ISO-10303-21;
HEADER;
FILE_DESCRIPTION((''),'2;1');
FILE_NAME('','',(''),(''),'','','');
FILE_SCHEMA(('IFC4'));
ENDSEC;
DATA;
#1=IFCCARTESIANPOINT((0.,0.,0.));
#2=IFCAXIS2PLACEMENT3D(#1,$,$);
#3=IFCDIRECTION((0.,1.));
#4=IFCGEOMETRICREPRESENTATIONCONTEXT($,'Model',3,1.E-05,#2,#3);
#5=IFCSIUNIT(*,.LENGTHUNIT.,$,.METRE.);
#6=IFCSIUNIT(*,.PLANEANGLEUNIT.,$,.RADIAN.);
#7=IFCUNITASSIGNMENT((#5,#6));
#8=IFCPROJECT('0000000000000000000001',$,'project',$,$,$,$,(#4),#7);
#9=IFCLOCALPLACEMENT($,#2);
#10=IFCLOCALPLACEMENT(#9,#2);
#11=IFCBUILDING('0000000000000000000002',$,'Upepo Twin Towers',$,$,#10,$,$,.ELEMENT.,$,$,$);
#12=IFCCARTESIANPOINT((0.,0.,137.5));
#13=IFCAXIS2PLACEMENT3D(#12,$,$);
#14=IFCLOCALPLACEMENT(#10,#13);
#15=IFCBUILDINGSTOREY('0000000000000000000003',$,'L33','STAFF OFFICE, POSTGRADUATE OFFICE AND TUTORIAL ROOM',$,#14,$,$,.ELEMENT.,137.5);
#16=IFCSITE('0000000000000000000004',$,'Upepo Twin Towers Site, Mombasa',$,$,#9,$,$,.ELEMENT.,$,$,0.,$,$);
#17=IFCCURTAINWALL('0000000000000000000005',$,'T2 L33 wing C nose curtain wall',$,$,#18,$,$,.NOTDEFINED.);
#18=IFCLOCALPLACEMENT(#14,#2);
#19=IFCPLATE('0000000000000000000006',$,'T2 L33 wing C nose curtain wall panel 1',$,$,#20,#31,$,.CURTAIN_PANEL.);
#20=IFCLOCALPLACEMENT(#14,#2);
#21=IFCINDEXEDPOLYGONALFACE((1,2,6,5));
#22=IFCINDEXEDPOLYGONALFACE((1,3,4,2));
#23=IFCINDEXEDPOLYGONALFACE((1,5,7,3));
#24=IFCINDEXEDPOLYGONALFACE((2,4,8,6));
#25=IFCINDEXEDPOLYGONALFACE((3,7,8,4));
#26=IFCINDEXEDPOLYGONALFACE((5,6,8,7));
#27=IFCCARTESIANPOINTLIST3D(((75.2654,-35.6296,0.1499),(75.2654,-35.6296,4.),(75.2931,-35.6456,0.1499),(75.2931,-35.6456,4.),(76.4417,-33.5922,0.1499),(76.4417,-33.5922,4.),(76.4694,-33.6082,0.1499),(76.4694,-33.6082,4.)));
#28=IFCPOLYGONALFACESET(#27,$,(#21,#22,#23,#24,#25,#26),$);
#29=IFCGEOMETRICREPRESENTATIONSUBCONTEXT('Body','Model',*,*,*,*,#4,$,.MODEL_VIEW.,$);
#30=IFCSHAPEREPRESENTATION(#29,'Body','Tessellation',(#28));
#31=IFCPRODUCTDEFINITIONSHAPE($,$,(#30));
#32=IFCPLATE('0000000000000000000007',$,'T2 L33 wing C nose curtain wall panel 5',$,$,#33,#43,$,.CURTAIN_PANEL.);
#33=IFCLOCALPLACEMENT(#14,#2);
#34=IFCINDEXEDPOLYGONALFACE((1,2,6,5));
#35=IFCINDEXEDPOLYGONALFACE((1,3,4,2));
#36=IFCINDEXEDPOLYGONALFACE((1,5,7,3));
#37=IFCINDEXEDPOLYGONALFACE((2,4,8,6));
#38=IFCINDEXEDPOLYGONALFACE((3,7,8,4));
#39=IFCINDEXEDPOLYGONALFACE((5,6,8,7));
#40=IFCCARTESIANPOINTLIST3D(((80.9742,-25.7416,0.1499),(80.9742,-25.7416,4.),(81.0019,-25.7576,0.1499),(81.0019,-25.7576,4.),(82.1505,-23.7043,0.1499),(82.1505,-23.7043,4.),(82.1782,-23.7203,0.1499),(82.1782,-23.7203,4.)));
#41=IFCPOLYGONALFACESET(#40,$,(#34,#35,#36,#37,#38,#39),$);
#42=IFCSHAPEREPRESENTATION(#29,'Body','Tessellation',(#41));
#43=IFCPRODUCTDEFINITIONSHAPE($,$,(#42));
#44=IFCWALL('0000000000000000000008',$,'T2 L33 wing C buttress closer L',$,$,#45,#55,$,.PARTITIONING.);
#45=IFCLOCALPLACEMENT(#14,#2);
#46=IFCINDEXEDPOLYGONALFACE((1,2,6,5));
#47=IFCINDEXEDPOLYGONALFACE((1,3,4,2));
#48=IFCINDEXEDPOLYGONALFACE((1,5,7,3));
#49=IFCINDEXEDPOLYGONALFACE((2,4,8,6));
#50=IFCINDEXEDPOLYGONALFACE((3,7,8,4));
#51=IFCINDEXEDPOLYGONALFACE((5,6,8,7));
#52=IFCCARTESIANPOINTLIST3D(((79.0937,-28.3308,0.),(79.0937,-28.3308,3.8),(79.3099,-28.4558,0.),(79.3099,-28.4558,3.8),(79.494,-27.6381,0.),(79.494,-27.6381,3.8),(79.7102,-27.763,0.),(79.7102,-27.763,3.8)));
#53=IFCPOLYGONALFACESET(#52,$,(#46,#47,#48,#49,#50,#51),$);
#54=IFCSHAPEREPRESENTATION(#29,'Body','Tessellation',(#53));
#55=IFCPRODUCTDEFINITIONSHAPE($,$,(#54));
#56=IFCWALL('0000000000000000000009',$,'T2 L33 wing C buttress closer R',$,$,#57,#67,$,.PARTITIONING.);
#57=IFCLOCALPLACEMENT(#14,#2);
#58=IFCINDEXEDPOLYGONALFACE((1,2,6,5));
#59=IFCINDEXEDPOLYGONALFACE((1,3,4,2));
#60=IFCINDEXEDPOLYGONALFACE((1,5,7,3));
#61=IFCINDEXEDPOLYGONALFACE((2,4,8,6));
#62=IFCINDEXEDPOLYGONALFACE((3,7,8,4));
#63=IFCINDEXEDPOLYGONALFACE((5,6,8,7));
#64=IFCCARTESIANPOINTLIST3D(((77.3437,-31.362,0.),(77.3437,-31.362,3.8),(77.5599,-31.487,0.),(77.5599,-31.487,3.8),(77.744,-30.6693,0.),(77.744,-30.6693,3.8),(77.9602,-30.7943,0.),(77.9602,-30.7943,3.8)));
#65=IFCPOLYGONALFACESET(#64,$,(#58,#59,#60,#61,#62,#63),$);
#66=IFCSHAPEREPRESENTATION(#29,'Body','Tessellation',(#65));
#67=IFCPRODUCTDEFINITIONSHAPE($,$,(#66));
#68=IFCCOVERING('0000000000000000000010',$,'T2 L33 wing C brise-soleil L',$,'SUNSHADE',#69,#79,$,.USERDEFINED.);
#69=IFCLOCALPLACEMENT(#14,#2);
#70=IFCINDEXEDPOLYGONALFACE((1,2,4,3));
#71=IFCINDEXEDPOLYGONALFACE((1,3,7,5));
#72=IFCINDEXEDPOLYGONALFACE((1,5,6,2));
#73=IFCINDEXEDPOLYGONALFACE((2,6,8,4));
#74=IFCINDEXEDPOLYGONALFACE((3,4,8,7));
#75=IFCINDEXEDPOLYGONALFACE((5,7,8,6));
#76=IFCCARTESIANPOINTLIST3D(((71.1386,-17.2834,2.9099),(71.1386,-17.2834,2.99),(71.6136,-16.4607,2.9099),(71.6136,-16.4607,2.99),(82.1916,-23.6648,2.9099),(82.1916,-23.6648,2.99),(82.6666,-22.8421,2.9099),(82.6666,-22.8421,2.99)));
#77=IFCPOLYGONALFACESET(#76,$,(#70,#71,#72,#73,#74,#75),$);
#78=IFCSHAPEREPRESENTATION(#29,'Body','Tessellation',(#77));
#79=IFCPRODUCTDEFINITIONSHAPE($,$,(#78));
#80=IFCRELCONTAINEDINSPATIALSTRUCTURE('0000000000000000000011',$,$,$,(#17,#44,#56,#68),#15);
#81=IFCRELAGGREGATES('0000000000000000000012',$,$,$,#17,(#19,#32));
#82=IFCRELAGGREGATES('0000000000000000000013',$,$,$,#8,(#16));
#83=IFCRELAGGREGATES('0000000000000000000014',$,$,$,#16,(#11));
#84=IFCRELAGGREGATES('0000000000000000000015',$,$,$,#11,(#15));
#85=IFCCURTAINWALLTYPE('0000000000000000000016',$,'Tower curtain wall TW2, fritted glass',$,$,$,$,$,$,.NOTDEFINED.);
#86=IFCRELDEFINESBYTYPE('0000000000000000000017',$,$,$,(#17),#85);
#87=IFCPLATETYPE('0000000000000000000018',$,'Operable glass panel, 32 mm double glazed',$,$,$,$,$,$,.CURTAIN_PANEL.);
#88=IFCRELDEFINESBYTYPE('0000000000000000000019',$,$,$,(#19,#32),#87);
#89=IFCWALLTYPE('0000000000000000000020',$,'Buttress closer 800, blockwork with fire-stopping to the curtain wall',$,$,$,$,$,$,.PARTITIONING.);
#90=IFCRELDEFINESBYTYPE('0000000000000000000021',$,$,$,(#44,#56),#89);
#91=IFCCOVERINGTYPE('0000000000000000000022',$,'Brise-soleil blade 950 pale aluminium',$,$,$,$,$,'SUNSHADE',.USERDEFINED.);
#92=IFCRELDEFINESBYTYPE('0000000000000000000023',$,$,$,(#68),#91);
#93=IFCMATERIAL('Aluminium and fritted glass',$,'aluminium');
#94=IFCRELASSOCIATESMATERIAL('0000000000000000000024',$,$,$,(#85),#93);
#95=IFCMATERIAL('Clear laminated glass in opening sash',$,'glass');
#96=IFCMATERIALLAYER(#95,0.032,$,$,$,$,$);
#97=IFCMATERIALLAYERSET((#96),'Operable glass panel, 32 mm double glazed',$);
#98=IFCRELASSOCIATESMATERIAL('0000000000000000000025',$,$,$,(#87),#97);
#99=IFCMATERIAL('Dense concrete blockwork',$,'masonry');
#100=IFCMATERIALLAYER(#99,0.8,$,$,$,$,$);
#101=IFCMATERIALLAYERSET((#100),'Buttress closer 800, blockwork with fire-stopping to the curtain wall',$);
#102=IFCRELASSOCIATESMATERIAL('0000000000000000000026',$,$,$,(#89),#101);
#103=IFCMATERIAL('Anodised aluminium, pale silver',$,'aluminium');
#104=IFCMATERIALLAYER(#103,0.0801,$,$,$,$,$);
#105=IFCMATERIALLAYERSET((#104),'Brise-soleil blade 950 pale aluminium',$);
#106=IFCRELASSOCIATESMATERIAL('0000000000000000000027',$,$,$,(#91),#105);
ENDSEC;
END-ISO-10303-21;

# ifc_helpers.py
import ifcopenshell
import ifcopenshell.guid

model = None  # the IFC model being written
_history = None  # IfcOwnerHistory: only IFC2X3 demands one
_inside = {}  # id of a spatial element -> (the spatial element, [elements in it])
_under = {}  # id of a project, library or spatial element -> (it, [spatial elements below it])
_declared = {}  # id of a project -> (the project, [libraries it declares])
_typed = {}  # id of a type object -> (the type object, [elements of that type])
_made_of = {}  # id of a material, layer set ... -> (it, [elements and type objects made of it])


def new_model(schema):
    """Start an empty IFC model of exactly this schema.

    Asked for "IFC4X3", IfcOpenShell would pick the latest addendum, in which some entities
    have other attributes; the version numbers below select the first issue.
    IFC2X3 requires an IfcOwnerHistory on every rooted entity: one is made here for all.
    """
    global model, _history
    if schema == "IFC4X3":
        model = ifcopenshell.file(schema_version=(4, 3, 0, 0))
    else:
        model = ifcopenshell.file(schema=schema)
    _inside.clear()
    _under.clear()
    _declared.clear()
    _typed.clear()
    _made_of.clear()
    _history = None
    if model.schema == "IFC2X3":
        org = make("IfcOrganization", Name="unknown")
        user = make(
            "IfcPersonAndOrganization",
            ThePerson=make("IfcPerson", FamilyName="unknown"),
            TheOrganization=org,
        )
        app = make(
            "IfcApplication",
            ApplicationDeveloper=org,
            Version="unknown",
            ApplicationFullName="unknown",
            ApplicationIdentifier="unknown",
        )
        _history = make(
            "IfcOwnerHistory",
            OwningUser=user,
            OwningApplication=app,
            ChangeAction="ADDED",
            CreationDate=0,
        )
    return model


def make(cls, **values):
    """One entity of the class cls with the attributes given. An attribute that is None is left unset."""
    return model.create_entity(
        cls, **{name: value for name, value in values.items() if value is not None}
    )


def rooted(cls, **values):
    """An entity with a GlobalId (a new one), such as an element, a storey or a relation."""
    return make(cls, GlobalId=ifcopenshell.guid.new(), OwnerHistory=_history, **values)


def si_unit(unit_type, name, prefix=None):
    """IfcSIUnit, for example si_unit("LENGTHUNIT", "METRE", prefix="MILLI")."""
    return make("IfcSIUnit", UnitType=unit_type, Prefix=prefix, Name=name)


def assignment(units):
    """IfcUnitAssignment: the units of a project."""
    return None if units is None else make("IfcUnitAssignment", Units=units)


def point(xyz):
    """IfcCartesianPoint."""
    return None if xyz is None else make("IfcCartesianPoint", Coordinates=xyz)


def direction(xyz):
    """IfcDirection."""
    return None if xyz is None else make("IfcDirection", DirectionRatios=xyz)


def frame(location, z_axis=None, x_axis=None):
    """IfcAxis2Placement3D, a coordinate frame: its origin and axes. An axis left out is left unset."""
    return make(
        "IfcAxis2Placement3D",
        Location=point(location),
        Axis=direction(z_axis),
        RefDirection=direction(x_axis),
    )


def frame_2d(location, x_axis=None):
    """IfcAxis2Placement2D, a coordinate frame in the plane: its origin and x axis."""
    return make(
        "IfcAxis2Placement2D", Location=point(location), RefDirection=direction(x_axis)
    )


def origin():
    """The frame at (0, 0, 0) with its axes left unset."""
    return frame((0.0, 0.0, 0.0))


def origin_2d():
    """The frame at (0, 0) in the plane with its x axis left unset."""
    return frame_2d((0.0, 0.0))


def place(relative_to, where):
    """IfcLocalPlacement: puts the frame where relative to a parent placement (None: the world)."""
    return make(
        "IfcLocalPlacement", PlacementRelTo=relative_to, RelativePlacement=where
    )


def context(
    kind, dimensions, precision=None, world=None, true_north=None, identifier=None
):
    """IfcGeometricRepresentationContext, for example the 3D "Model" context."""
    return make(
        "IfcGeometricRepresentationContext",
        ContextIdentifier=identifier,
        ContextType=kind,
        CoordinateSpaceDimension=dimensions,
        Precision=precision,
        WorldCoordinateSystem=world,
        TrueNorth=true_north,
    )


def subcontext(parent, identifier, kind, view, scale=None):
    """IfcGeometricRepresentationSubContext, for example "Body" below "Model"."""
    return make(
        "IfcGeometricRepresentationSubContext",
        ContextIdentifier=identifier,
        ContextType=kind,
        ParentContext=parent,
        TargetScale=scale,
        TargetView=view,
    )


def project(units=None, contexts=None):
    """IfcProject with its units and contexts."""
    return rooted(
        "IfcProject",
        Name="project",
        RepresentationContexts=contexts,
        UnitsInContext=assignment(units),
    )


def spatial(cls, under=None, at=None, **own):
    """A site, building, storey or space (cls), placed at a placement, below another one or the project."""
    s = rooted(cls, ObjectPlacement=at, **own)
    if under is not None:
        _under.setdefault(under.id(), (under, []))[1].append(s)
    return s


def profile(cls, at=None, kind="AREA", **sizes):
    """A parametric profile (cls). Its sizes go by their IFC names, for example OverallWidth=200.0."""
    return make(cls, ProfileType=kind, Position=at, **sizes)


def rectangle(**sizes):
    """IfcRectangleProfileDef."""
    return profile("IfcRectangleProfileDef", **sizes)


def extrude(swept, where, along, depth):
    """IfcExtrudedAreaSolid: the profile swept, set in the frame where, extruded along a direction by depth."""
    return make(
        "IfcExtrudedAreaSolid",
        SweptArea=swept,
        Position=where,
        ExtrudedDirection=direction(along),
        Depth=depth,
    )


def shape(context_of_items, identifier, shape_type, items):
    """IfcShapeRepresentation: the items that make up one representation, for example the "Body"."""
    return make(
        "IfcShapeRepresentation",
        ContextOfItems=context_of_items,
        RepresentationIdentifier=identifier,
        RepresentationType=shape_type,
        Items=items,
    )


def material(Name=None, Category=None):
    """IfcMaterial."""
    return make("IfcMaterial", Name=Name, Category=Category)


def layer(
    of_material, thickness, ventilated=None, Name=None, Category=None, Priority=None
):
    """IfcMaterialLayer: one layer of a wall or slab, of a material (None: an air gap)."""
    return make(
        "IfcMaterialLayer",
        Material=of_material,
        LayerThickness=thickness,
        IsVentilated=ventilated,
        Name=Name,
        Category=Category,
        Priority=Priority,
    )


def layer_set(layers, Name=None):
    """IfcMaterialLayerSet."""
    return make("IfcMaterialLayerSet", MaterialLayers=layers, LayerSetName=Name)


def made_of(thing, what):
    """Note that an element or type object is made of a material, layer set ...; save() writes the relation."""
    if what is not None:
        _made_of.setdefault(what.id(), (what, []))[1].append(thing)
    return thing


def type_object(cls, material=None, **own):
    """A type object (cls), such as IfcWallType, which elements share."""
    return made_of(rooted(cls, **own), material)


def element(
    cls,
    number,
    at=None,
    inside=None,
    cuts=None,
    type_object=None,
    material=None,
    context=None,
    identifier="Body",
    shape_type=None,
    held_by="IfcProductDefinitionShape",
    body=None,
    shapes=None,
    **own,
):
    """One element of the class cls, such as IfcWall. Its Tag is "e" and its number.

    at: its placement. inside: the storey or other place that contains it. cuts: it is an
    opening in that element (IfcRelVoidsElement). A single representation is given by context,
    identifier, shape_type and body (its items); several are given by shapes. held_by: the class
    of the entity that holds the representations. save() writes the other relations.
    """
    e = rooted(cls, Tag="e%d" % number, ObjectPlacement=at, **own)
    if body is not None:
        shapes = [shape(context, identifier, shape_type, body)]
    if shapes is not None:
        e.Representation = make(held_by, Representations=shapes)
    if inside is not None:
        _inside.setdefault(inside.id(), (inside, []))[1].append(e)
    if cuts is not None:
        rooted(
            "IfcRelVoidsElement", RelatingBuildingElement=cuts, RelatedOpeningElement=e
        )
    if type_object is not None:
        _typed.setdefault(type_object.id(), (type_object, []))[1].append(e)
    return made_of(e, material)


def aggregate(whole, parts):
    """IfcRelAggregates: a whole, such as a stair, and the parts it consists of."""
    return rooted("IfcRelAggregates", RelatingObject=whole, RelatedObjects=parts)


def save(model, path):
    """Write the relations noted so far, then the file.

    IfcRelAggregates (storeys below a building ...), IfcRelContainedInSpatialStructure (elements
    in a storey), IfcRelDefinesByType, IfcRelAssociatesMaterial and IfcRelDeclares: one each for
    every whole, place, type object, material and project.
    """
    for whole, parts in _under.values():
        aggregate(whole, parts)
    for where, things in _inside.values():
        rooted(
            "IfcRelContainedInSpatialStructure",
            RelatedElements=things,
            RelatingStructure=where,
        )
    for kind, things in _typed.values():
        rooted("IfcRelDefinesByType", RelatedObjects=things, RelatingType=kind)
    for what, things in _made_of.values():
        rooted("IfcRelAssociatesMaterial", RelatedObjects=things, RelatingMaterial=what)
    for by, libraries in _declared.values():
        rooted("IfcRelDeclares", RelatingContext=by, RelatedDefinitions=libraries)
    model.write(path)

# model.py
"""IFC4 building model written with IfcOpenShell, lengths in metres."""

from ifc_helpers import new_model, si_unit, direction, frame, frame_2d, origin, origin_2d, place, context, subcontext, project, spatial, rectangle, extrude, material, layer, layer_set, type_object, element, aggregate, save


model = new_model("IFC4")

# Units and contexts
model_context = context("Model", 3, precision=1e-05, world=origin(), true_north=direction((0.0, 1.0)))
body_context = subcontext(model_context, "Body", "Model", "MODEL_VIEW")
ifc_project = project(units=[si_unit("LENGTHUNIT", "METRE"), si_unit("PLANEANGLEUNIT", "RADIAN")], contexts=[model_context])

# Site, building, storey
site_placement = place(None, origin())
site = spatial("IfcSite", under=ifc_project, at=site_placement, Name="Upepo Twin Towers Site, Mombasa", CompositionType="ELEMENT", RefElevation=0.0)
building_placement = place(site_placement, origin())
building = spatial("IfcBuilding", under=site, at=building_placement, Name="Upepo Twin Towers", CompositionType="ELEMENT")
storey_placement = place(building_placement, frame((0.0, 0.0, 137.5)))
storey = spatial("IfcBuildingStorey", under=building, at=storey_placement, Name="L33", Description="STAFF OFFICE, POSTGRADUATE OFFICE AND TUTORIAL ROOM", CompositionType="ELEMENT", Elevation=137.5)

# Shared definitions
ifc_material_1 = material(Name="Aluminium and fritted glass", Category="aluminium")
curtain_wall_type = type_object("IfcCurtainWallType", Name="Tower curtain wall TW2, fritted glass", PredefinedType="NOTDEFINED", material=ifc_material_1)

# Curtain wall
curtain_wall_1_placement = place(storey_placement, origin())
curtain_wall_1 = element("IfcCurtainWall", 1, at=curtain_wall_1_placement, inside=storey, type_object=curtain_wall_type, Name="T2 L33 wing C nose curtain wall", PredefinedType="NOTDEFINED")

# Plates
ifc_material_2 = material(Name="Clear laminated glass in opening sash", Category="glass")
ifc_layer_1 = layer(ifc_material_2, 0.032)
ifc_layer_set_1 = layer_set([ifc_layer_1], Name="Operable glass panel, 32 mm double glazed")
plate_type_1 = type_object("IfcPlateType", Name="Operable glass panel, 32 mm double glazed", PredefinedType="CURTAIN_PANEL", material=ifc_layer_set_1)
plate_1_placement = place(storey_placement, frame((75.8674, -34.6189, 0.1499), z_axis=(0.0, 0.0, 1.0), x_axis=(0.5, 0.866025, 0.0)))
plate_1 = element("IfcPlate", 2, at=plate_1_placement, type_object=plate_type_1, Name="T2 L33 wing C nose curtain wall panel 1", PredefinedType="CURTAIN_PANEL", context=body_context, shape_type="SweptSolid", body=[
    extrude(rectangle(XDim=2.3525, YDim=0.032, at=origin_2d()), origin(), (0.0, 0.0, 1.0), 3.8501),
])
plate_2_placement = place(storey_placement, frame((81.5762, -24.731, 0.1499), z_axis=(0.0, 0.0, 1.0), x_axis=(0.5, 0.866025, 0.0)))
plate_2 = element("IfcPlate", 3, at=plate_2_placement, type_object=plate_type_1, Name="T2 L33 wing C nose curtain wall panel 5", PredefinedType="CURTAIN_PANEL", context=body_context, shape_type="SweptSolid", body=[
    extrude(rectangle(XDim=2.3525, YDim=0.032, at=origin_2d()), origin(), (0.0, 0.0, 1.0), 3.8501),
])
aggregate(curtain_wall_1, [plate_1, plate_2])

# Walls
ifc_material_3 = material(Name="Dense concrete blockwork", Category="masonry")
ifc_layer_2 = layer(ifc_material_3, 0.8)
ifc_layer_set_2 = layer_set([ifc_layer_2], Name="Buttress closer 800, blockwork with fire-stopping to the curtain wall")
wall_type = type_object("IfcWallType", Name="Buttress closer 800, blockwork with fire-stopping to the curtain wall", PredefinedType="PARTITIONING", material=ifc_layer_set_2)
for number, where, z_axis, x_axis, name in (
    (4, (79.2937, -27.9844, 0.0), (0.0, 0.0, 1.0), (0.865827, -0.500343, 0.0), "T2 L33 wing C buttress closer L"),
    (5, (77.5437, -31.0156, 0.0), (0.0, 0.0, 1.0), (0.865827, -0.500343, 0.0), "T2 L33 wing C buttress closer R"),
):
    element("IfcWall", number, at=place(storey_placement, frame(where, z_axis=z_axis, x_axis=x_axis)), inside=storey, type_object=wall_type, Name=name, PredefinedType="PARTITIONING", context=body_context, shape_type="SweptSolid", body=[
        extrude(rectangle(XDim=0.2498, YDim=0.8, at=frame_2d((0.125, 0.0))), origin(), (0.0, 0.0, 1.0), 3.8),
    ])

# Covering
ifc_material_4 = material(Name="Anodised aluminium, pale silver", Category="aluminium")
ifc_layer_3 = layer(ifc_material_4, 0.0801)
ifc_layer_set_3 = layer_set([ifc_layer_3], Name="Brise-soleil blade 950 pale aluminium")
covering_type = type_object("IfcCoveringType", Name="Brise-soleil blade 950 pale aluminium", ElementType="SUNSHADE", PredefinedType="USERDEFINED", material=ifc_layer_set_3)
covering_placement = place(storey_placement, frame((76.9026, -20.0627, 2.9099), z_axis=(0.0, 0.0, 1.0), x_axis=(0.866025, -0.5, 0.0)))
element("IfcCovering", 6, at=covering_placement, inside=storey, type_object=covering_type, Name="T2 L33 wing C brise-soleil L", ObjectType="SUNSHADE", PredefinedType="USERDEFINED", context=body_context, shape_type="SweptSolid", body=[
    extrude(rectangle(XDim=12.7629, YDim=0.95, at=origin_2d()), origin(), (0.0, 0.0, 1.0), 0.0801),
])

save(model, "model.ifc")
